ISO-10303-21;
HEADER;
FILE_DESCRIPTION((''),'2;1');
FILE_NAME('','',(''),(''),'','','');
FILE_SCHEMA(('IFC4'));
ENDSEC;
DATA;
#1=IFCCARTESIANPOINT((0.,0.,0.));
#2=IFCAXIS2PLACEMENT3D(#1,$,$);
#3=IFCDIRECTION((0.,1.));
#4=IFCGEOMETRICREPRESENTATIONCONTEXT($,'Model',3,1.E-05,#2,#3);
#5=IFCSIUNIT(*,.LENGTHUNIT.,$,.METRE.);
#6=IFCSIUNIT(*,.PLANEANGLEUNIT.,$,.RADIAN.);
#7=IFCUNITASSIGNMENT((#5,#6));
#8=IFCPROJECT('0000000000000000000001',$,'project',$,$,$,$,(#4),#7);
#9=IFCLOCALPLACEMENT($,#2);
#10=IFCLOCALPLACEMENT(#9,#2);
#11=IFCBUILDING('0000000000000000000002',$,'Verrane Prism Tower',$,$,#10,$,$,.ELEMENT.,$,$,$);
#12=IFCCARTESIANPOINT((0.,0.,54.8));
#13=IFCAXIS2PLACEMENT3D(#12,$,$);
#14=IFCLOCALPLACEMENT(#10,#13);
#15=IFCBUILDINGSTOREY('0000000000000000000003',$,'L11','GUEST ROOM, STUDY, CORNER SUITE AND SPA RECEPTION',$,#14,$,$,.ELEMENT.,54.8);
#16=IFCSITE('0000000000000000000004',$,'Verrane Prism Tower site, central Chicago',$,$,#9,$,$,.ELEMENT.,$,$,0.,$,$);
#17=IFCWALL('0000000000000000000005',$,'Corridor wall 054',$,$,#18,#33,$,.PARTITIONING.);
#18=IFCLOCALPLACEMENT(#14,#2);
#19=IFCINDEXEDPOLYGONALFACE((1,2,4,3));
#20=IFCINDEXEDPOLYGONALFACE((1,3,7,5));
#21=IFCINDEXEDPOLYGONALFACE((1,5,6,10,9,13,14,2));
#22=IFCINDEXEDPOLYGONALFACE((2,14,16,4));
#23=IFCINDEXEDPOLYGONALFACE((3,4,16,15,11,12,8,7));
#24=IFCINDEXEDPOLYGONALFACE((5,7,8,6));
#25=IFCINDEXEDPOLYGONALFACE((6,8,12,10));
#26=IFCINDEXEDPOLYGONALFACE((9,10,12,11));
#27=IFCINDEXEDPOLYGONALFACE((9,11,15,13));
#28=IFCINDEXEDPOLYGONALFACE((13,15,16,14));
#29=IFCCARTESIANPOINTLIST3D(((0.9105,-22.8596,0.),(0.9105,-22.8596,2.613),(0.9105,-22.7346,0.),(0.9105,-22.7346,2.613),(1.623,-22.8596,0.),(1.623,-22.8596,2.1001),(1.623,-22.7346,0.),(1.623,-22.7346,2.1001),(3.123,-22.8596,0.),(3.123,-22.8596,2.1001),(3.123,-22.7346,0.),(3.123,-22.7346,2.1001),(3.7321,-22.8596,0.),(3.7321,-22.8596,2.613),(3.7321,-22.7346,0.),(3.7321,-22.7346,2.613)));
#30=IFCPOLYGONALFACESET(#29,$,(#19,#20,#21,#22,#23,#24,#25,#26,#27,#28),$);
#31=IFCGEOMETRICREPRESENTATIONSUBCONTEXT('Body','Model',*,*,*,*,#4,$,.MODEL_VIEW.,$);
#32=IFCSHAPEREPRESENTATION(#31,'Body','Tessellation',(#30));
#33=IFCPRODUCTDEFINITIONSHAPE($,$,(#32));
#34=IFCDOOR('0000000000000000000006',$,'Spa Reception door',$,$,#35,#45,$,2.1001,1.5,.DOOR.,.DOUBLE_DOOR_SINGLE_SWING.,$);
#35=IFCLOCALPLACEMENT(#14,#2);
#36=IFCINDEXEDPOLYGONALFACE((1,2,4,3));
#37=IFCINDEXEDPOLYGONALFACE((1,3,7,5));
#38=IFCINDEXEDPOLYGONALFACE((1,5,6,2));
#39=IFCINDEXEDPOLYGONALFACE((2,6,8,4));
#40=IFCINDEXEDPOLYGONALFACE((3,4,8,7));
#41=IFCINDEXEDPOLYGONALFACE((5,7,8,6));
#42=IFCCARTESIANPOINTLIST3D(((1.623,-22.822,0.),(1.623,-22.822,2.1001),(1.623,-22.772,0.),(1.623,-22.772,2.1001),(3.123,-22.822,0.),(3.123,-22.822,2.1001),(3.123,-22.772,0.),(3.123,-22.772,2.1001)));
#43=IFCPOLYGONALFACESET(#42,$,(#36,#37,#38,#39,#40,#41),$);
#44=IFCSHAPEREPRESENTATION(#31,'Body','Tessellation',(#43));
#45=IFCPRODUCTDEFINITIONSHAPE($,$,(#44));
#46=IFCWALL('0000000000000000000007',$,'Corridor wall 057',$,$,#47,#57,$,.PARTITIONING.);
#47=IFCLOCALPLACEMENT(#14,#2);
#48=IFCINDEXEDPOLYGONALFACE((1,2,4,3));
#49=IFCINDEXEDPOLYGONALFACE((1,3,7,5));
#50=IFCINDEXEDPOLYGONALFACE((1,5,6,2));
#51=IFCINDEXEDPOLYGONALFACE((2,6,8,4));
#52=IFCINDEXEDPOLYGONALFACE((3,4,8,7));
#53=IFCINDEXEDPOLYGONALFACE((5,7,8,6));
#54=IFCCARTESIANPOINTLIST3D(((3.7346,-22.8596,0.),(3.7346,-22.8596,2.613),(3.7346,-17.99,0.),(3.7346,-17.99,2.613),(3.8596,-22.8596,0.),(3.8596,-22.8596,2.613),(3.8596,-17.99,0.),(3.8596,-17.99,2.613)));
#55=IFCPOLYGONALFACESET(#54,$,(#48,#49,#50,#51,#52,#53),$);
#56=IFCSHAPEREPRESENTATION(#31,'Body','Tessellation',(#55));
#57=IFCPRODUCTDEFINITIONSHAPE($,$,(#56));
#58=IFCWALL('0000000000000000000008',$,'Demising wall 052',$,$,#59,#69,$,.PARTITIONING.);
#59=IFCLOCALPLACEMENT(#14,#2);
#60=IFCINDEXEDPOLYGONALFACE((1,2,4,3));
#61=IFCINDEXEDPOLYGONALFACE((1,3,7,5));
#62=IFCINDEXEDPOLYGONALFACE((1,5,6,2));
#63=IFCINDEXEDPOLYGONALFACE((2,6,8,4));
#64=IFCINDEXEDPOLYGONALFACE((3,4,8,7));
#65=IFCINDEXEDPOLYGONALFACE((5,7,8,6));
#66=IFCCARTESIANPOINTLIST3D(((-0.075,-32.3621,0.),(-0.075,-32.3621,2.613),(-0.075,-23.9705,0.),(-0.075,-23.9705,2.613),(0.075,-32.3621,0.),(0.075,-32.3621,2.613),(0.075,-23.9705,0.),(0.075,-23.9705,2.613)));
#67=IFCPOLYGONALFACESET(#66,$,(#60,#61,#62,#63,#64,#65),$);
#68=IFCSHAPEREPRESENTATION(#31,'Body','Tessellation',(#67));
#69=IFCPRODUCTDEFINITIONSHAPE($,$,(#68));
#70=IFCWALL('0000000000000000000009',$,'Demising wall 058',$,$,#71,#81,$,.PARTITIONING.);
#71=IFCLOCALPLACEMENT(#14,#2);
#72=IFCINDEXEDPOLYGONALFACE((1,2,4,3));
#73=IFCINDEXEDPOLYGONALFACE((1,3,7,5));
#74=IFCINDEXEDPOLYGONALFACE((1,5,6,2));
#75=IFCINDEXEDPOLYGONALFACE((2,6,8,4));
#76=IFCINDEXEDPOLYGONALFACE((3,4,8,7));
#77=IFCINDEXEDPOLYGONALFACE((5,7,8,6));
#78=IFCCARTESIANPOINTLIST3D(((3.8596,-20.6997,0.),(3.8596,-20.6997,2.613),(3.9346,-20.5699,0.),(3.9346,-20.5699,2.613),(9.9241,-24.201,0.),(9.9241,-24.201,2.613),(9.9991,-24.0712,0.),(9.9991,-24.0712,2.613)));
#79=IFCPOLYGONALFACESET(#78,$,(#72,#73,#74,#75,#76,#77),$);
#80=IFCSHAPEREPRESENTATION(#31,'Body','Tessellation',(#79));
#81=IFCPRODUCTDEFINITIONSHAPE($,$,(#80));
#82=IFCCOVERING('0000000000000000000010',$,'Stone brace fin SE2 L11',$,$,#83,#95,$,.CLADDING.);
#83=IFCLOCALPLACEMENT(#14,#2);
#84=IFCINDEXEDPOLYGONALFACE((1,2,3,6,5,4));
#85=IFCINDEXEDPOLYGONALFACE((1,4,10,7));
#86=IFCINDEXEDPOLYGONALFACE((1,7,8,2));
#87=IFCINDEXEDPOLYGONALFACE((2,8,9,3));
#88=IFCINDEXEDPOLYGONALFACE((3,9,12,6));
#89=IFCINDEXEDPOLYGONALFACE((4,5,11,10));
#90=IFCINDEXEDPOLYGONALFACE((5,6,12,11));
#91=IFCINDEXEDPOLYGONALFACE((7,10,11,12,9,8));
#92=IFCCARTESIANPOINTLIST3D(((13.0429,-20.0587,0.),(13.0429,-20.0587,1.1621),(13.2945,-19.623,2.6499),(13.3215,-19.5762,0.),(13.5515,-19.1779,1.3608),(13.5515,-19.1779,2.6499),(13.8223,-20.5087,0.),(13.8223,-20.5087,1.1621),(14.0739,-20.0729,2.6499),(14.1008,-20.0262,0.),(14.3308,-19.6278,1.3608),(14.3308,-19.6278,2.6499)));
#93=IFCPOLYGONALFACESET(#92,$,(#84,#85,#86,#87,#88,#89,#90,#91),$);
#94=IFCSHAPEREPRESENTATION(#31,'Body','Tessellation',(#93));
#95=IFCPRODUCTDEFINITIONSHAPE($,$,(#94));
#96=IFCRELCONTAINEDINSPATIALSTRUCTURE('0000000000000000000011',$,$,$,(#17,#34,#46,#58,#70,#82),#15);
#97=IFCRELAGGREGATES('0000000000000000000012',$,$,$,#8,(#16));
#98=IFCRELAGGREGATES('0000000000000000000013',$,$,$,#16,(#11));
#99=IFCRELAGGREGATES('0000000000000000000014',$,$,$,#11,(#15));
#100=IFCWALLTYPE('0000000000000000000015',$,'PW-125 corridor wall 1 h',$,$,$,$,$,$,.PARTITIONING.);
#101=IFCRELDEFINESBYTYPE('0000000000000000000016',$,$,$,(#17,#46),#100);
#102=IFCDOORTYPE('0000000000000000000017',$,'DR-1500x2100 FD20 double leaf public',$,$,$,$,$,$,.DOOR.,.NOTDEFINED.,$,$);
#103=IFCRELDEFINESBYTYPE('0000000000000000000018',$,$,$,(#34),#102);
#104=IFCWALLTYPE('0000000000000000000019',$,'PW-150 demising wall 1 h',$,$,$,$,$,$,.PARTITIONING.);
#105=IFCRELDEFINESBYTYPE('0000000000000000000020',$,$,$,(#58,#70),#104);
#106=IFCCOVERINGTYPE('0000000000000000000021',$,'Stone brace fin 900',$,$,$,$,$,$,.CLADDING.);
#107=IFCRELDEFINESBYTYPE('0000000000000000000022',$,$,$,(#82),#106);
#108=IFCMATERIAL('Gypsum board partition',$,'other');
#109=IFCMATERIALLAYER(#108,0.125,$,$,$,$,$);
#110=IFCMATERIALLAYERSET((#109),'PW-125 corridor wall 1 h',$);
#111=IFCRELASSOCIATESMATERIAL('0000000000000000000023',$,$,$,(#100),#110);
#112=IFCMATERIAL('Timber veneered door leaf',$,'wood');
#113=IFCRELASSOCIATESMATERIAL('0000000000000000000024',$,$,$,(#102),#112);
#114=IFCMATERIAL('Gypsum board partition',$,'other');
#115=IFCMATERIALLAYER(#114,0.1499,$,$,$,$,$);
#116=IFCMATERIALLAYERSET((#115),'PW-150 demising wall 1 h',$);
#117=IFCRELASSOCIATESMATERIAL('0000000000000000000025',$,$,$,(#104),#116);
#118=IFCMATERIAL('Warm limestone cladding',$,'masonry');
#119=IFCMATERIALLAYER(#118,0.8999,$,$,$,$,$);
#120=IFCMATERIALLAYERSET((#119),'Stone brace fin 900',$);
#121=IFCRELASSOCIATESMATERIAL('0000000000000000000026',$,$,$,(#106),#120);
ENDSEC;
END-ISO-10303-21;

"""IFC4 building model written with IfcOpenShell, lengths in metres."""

from ifc_helpers import new_model, si_unit, direction, frame, frame_2d, origin, place, context, subcontext, project, spatial, polyline, rectangle, outline, extrude, material, layer, layer_set, type_object, element, fill, save


model = new_model("IFC4")

# Units and contexts
model_context = context("Model", 3, precision=1e-05, world=origin(), true_north=direction((0.0, 1.0)))
body_context = subcontext(model_context, "Body", "Model", "MODEL_VIEW")
ifc_project = project(units=[si_unit("LENGTHUNIT", "METRE"), si_unit("PLANEANGLEUNIT", "RADIAN")], contexts=[model_context])

# Site, building, storey
site_placement = place(None, origin())
site = spatial("IfcSite", under=ifc_project, at=site_placement, Name="Verrane Prism Tower site, central Chicago", CompositionType="ELEMENT", RefElevation=0.0)
building_placement = place(site_placement, origin())
building = spatial("IfcBuilding", under=site, at=building_placement, Name="Verrane Prism Tower", CompositionType="ELEMENT")
storey_placement = place(building_placement, frame((0.0, 0.0, 54.8)))
storey = spatial("IfcBuildingStorey", under=building, at=storey_placement, Name="L11", Description="GUEST ROOM, STUDY, CORNER SUITE AND SPA RECEPTION", CompositionType="ELEMENT", Elevation=54.8)

# Shared definitions
ifc_material_1 = material(Name="Gypsum board partition", Category="other")
ifc_layer_1 = layer(ifc_material_1, 0.125)
ifc_layer_set_1 = layer_set([ifc_layer_1], Name="PW-125 corridor wall 1 h")
wall_type_1 = type_object("IfcWallType", Name="PW-125 corridor wall 1 h", PredefinedType="PARTITIONING", material=ifc_layer_set_1)

# Wall, opening, door
wall_1_placement = place(storey_placement, frame((3.7319, -22.7971, 0.0), z_axis=(0.0, 0.0, 1.0), x_axis=(-1.0, 0.0, 0.0)))
wall_1 = element("IfcWall", 1, at=wall_1_placement, inside=storey, type_object=wall_type_1, Name="Corridor wall 054", PredefinedType="PARTITIONING", context=body_context, shape_type="SweptSolid", body=[
    extrude(rectangle(XDim=2.8215, YDim=0.125, at=frame_2d((1.4106, 0.0))), origin(), (0.0, 0.0, 1.0), 2.613),
])
opening_placement = place(wall_1_placement, frame((0.6089, 0.0, 0.0)))
opening = element("IfcOpeningElement", 2, at=opening_placement, cuts=wall_1, PredefinedType="OPENING", context=body_context, shape_type="SweptSolid", body=[
    extrude(rectangle(XDim=1.5, YDim=2.1001, at=frame_2d((0.75, 1.05))), frame((0.0, 0.0725, 0.0), z_axis=(0.0, -1.0, 0.0), x_axis=(1.0, 0.0, 0.0)), (0.0, 0.0, 1.0), 0.145),
])
ifc_material_2 = material(Name="Timber veneered door leaf", Category="wood")
door_type = type_object("IfcDoorType", Name="DR-1500x2100 FD20 double leaf public", OperationType="NOTDEFINED", PredefinedType="DOOR", material=ifc_material_2)
door_placement = place(opening_placement, origin())
door = element("IfcDoor", 3, at=door_placement, inside=storey, type_object=door_type, Name="Spa Reception door", OperationType="DOUBLE_DOOR_SINGLE_SWING", OverallHeight=2.1001, OverallWidth=1.5, PredefinedType="DOOR", context=body_context, shape_type="SweptSolid", body=[
    extrude(rectangle(XDim=1.5, YDim=2.1001, at=frame_2d((0.75, 1.05))), frame((0.0, 0.0249, 0.0), z_axis=(0.0, -1.0, 0.0), x_axis=(1.0, 0.0, 0.0)), (0.0, 0.0, 1.0), 0.05),
])
fill(opening, door)

# Walls
wall_2_placement = place(storey_placement, frame((3.7971, -22.8596, 0.0), z_axis=(0.0, 0.0, 1.0), x_axis=(0.0, 1.0, 0.0)))
element("IfcWall", 4, at=wall_2_placement, inside=storey, type_object=wall_type_1, Name="Corridor wall 057", PredefinedType="PARTITIONING", context=body_context, shape_type="SweptSolid", body=[
    extrude(rectangle(XDim=4.8696, YDim=0.125, at=frame_2d((2.4348, 0.0))), origin(), (0.0, 0.0, 1.0), 2.613),
])
ifc_material_3 = material(Name="Gypsum board partition", Category="other")
ifc_layer_2 = layer(ifc_material_3, 0.1499)
ifc_layer_set_2 = layer_set([ifc_layer_2], Name="PW-150 demising wall 1 h")
wall_type_2 = type_object("IfcWallType", Name="PW-150 demising wall 1 h", PredefinedType="PARTITIONING", material=ifc_layer_set_2)
wall_3_placement = place(storey_placement, frame((0.0, -32.3621, 0.0), z_axis=(0.0, 0.0, 1.0), x_axis=(0.0, 1.0, 0.0)))
element("IfcWall", 5, at=wall_3_placement, inside=storey, type_object=wall_type_2, Name="Demising wall 052", PredefinedType="PARTITIONING", context=body_context, shape_type="SweptSolid", body=[
    extrude(rectangle(XDim=8.3916, YDim=0.1499, at=frame_2d((4.1958, 0.0))), origin(), (0.0, 0.0, 1.0), 2.613),
])
wall_4_placement = place(storey_placement, frame((3.897, -20.6348, 0.0), z_axis=(0.0, 0.0, 1.0), x_axis=(0.866031, -0.49999, 0.0)))
element("IfcWall", 6, at=wall_4_placement, inside=storey, type_object=wall_type_2, Name="Demising wall 058", PredefinedType="PARTITIONING", context=body_context, shape_type="SweptSolid", body=[
    extrude(rectangle(XDim=7.0027, YDim=0.1499, at=frame_2d((3.5015, 0.0))), origin(), (0.0, 0.0, 1.0), 2.613),
])

# Covering
ifc_material_4 = material(Name="Warm limestone cladding", Category="masonry")
ifc_layer_3 = layer(ifc_material_4, 0.8999)
ifc_layer_set_3 = layer_set([ifc_layer_3], Name="Stone brace fin 900")
covering_type = type_object("IfcCoveringType", Name="Stone brace fin 900", PredefinedType="CLADDING", material=ifc_layer_set_3)
covering_placement = place(storey_placement, frame((13.4326, -20.2837, 0.0), z_axis=(0.0, 0.0, 1.0), x_axis=(0.499986, 0.866034, 0.0)))
element("IfcCovering", 7, at=covering_placement, inside=storey, type_object=covering_type, Name="Stone brace fin SE2 L11", PredefinedType="CLADDING", context=body_context, shape_type="SweptSolid", body=[
    extrude(outline(polyline([(1.0171, 2.6499), (0.5032, 2.6499), (0.0, 1.1621), (0.0, 0.0), (0.5571, 0.0), (1.0171, 1.3608), (1.0171, 2.6499)])), frame((0.0, 0.45, 0.0), z_axis=(0.0, -1.0, 0.0), x_axis=(1.0, 0.0, 0.0)), (0.0, 0.0, 1.0), 0.8999),
])

save(model, "model.ifc")
